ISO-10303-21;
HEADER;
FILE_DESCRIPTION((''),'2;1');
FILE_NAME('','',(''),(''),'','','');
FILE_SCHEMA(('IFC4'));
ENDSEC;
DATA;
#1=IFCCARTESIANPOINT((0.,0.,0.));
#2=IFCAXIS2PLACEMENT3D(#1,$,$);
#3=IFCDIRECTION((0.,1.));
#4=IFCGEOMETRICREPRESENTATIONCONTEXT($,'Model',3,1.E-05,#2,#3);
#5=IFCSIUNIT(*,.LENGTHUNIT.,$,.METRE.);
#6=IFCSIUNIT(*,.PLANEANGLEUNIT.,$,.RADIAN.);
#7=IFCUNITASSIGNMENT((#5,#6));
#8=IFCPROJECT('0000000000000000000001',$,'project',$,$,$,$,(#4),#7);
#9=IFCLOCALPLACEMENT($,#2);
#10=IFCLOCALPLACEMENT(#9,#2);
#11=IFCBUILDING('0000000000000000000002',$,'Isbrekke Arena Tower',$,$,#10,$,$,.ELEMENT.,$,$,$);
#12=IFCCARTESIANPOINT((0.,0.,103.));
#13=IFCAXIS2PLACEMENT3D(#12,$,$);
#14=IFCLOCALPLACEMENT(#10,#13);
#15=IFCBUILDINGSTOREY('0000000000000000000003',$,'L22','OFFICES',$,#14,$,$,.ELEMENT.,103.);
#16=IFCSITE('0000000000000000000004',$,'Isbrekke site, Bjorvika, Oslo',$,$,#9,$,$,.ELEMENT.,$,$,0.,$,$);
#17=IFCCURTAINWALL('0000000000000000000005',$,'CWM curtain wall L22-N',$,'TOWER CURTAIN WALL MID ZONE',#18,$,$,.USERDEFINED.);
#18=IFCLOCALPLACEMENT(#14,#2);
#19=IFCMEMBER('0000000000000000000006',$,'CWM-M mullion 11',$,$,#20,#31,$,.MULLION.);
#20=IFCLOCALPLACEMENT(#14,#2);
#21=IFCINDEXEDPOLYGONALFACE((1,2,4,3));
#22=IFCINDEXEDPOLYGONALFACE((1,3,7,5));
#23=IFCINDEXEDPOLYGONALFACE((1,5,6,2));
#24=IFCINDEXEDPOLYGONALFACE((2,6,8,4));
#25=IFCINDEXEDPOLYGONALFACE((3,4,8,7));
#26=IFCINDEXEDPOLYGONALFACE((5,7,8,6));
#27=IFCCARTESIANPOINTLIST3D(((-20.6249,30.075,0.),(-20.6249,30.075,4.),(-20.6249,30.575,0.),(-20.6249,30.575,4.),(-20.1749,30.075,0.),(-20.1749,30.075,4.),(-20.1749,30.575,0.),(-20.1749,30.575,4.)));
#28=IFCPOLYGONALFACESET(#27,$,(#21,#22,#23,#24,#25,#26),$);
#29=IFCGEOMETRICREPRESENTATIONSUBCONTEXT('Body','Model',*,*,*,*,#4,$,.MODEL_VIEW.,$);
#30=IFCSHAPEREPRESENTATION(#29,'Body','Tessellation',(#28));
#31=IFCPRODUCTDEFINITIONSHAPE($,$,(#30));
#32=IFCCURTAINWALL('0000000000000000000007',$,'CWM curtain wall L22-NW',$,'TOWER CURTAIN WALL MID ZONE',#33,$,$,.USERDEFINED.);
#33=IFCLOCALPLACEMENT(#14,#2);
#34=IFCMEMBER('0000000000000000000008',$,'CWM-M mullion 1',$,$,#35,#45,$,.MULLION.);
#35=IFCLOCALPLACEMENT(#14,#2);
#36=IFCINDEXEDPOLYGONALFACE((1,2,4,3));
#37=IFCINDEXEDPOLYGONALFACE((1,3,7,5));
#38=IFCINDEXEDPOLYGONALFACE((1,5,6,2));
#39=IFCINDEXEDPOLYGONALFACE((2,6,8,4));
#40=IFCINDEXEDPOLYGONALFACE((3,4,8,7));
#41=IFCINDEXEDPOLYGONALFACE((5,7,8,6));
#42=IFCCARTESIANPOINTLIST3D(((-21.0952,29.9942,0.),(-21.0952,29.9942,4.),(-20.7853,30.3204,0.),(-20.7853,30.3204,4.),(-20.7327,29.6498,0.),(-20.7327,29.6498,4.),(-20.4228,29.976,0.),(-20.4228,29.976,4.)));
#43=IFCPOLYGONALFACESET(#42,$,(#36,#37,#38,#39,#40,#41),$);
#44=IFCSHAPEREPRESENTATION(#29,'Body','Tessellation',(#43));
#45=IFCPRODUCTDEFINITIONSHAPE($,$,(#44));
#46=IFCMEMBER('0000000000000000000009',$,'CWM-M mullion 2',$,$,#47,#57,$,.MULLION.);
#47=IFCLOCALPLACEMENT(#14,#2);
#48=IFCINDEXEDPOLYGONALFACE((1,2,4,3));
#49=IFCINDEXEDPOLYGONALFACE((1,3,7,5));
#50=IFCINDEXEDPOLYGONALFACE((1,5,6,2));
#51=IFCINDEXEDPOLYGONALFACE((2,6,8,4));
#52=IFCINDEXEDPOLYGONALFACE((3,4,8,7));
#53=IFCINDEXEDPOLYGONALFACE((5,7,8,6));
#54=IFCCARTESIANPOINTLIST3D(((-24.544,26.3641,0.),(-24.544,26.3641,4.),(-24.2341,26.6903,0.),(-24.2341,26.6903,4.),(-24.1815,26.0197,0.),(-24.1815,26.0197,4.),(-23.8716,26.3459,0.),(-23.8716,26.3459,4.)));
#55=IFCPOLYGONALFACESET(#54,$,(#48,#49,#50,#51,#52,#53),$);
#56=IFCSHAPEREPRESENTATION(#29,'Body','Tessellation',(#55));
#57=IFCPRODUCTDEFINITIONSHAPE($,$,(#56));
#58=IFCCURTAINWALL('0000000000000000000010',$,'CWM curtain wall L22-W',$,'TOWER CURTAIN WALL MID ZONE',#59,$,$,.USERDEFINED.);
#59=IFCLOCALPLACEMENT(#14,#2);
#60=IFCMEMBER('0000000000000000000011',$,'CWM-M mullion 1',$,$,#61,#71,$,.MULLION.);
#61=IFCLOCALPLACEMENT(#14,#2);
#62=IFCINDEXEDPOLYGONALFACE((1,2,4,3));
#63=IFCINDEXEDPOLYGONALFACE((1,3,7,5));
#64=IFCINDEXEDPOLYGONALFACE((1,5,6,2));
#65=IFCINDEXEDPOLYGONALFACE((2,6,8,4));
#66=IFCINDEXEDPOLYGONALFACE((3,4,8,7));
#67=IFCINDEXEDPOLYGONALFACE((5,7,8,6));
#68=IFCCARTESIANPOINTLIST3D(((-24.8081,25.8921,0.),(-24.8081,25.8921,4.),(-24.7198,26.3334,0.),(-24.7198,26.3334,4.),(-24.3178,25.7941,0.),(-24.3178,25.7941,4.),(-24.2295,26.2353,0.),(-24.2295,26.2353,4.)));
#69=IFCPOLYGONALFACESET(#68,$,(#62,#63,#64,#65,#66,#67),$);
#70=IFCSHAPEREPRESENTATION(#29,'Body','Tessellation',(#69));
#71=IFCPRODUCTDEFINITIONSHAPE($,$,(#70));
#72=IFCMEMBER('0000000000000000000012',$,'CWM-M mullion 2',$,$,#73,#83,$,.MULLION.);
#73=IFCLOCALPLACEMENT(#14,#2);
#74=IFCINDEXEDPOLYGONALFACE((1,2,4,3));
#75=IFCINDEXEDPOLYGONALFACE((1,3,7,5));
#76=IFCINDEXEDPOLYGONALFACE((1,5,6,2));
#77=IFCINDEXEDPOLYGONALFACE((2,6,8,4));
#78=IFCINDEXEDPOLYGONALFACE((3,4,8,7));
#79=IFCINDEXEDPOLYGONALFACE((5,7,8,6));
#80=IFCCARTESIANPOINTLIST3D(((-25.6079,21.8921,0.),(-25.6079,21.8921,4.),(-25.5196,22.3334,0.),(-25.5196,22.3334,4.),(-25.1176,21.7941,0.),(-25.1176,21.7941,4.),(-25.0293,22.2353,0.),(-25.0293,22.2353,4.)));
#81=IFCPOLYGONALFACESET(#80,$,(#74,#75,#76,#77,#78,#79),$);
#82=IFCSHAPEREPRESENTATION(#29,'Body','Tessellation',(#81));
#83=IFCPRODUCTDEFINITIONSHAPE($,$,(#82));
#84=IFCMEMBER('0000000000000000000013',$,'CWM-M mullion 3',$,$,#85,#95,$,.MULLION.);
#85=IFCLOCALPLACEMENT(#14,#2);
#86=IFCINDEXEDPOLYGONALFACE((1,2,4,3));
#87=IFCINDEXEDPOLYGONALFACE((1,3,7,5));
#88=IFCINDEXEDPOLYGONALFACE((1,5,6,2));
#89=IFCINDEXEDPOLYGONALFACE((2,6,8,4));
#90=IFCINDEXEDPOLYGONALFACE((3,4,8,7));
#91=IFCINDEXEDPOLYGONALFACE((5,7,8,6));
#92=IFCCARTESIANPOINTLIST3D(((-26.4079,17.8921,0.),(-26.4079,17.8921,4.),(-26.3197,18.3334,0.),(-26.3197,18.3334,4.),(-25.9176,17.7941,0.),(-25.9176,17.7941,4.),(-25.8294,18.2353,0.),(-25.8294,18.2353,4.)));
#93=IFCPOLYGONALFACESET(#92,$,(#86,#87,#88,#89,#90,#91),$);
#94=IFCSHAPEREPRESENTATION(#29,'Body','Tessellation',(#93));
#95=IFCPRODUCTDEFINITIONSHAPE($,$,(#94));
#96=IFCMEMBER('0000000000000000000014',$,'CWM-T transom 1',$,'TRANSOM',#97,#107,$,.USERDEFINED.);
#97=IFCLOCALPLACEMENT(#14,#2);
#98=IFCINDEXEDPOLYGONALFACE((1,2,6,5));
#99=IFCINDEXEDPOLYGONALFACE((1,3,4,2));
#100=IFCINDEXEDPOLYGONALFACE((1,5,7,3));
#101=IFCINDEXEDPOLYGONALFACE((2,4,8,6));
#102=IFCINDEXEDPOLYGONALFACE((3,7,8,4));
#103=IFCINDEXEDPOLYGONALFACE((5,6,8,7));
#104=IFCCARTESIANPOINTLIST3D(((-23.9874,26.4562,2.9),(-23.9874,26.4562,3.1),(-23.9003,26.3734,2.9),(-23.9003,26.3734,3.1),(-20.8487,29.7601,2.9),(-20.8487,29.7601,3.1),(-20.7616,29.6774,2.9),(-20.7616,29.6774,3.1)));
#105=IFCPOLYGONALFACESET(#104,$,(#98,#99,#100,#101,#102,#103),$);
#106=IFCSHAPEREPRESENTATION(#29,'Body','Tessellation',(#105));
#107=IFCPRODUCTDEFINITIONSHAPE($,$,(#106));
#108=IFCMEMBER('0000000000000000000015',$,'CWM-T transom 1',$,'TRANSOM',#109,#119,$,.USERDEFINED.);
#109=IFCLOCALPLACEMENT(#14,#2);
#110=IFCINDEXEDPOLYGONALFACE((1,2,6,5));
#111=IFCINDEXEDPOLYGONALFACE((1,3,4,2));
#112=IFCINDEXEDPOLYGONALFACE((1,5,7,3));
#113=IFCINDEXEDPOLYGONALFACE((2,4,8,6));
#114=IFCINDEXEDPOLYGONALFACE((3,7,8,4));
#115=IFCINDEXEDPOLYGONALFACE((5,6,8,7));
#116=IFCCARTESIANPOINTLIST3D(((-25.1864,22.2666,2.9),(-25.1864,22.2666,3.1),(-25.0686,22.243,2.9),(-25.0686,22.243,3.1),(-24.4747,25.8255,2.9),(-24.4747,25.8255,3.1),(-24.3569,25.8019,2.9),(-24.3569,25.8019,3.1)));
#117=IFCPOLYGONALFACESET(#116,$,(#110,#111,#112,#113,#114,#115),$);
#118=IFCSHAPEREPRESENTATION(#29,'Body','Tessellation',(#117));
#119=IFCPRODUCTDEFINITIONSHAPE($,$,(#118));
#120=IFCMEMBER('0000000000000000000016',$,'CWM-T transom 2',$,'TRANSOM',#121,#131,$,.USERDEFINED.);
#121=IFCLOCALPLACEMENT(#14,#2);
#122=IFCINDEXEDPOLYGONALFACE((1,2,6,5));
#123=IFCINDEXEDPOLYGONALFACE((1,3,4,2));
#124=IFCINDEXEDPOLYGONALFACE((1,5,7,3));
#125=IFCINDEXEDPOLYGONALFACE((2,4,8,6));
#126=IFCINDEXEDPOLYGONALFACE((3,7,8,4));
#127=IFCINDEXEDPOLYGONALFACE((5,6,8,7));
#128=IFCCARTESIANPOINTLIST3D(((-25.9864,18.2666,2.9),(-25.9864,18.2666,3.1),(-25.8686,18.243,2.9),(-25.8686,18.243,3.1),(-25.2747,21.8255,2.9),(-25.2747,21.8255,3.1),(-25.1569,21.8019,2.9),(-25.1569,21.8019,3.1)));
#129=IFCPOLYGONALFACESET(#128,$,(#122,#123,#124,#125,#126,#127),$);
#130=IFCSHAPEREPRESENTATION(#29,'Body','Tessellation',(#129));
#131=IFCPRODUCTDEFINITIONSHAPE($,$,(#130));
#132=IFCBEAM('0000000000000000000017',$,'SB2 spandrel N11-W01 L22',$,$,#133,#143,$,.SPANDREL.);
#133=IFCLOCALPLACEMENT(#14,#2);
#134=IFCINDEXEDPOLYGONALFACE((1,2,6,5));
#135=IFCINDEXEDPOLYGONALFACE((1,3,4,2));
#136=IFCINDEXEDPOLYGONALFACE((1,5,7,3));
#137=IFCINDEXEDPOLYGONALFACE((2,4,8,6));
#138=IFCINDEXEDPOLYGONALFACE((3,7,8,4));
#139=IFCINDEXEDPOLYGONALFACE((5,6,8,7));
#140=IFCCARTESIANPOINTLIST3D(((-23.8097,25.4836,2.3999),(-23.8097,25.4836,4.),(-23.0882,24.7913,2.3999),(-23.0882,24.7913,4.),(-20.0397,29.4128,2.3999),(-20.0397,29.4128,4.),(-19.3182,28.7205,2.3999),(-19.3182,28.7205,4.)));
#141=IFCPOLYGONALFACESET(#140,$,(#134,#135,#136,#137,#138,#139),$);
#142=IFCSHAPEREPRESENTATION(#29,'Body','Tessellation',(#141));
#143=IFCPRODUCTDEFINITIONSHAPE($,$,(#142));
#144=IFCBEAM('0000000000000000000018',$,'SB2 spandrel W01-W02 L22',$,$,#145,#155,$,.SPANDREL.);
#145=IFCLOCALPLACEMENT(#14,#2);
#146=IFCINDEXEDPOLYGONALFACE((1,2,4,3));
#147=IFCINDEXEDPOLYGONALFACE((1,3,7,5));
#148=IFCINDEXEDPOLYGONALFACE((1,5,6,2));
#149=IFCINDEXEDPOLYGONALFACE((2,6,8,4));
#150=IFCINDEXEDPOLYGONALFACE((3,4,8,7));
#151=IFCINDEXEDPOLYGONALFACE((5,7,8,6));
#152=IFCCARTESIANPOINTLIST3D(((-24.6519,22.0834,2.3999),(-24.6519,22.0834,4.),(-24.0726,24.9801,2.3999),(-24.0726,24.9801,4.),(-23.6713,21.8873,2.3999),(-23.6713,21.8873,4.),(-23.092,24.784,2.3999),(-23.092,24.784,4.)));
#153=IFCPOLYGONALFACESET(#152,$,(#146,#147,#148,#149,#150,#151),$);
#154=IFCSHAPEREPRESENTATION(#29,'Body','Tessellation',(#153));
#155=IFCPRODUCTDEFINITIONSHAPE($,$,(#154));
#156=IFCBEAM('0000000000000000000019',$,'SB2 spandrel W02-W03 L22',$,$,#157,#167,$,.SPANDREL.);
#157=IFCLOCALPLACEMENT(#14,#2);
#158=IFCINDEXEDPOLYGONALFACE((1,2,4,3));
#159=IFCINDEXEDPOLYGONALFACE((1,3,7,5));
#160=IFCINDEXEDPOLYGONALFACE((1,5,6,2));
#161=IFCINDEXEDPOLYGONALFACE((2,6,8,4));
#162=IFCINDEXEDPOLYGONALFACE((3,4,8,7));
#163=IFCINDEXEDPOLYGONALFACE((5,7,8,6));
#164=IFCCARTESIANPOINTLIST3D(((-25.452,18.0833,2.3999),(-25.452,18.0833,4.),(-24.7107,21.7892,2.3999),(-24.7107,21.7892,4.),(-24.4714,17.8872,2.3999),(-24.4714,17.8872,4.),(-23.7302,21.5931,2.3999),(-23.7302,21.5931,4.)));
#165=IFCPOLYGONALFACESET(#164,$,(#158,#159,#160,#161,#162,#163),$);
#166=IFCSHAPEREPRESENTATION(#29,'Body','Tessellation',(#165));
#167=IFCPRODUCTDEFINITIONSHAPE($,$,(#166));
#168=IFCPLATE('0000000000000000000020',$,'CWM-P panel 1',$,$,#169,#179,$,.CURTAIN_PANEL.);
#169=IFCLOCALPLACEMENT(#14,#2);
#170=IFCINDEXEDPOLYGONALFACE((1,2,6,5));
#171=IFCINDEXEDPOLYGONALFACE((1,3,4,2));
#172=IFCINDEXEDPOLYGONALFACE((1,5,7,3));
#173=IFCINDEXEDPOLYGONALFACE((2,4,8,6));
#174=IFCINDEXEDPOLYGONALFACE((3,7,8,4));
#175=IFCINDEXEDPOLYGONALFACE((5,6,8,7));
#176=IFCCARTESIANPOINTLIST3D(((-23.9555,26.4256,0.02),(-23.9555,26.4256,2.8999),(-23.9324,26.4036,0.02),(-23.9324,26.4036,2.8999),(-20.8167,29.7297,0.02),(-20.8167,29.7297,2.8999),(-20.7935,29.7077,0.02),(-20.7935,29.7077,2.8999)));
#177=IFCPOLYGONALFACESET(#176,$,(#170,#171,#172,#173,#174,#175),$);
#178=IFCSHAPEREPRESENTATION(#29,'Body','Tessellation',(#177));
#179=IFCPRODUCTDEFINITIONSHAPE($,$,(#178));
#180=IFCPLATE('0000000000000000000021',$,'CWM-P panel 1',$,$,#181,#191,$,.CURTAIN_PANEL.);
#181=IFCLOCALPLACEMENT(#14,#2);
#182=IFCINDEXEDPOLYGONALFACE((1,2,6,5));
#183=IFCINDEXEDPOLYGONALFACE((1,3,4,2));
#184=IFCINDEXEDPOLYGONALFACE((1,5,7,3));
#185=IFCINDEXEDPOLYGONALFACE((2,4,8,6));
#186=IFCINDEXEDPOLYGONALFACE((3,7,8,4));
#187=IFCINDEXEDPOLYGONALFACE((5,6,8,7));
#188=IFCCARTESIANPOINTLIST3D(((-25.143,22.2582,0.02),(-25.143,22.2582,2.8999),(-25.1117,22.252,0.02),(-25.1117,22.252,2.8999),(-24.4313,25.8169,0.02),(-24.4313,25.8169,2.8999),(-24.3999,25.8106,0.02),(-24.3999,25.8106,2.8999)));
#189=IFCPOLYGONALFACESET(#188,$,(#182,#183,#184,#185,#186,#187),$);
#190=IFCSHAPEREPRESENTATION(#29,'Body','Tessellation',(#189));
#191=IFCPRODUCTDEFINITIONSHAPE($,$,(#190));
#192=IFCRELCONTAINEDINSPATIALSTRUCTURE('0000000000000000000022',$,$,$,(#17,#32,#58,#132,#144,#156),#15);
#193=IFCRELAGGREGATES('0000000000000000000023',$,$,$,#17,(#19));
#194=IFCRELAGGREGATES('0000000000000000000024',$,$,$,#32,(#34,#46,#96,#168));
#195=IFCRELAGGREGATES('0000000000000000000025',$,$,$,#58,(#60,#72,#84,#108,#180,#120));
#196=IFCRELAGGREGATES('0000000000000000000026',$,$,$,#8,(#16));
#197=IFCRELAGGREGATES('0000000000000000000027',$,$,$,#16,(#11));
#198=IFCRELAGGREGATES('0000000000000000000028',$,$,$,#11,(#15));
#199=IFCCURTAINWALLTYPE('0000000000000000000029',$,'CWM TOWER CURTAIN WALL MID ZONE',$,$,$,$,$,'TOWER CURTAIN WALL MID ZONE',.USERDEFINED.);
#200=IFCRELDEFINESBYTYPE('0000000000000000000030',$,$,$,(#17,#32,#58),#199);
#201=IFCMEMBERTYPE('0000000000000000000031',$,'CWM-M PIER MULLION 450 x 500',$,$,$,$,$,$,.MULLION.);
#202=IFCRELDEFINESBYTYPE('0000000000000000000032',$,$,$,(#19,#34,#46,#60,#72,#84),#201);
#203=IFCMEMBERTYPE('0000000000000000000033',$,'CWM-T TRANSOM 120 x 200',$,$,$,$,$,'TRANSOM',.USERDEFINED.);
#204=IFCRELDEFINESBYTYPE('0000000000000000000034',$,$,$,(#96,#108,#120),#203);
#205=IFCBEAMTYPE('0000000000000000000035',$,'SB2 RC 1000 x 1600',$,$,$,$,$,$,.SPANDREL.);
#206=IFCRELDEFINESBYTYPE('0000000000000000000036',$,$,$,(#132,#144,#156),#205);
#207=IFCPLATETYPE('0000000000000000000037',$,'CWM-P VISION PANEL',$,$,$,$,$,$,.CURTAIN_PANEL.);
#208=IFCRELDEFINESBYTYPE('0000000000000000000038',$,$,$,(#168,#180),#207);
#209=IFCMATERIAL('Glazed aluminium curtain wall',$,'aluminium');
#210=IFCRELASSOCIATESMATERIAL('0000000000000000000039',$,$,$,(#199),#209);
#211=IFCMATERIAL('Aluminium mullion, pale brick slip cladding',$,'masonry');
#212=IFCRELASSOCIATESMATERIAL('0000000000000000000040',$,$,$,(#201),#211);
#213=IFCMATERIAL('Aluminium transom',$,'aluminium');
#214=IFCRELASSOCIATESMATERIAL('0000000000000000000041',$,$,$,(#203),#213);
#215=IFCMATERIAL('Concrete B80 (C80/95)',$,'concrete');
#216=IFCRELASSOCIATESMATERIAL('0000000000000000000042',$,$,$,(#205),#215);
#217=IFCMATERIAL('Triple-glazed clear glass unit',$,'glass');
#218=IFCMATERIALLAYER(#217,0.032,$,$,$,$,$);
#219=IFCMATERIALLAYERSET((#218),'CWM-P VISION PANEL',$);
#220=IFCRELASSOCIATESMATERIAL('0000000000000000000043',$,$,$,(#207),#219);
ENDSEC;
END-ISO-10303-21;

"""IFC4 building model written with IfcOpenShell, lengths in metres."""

from ifc_helpers import new_model, si_unit, direction, frame, origin, origin_2d, place, context, subcontext, project, spatial, rectangle, extrude, material, layer, layer_set, material_profile, profile_set, type_object, element, aggregate, save


model = new_model("IFC4")

# Units and contexts
model_context = context("Model", 3, precision=1e-05, world=origin(), true_north=direction((0.0, 1.0)))
body_context = subcontext(model_context, "Body", "Model", "MODEL_VIEW")
ifc_project = project(units=[si_unit("LENGTHUNIT", "METRE"), si_unit("PLANEANGLEUNIT", "RADIAN")], contexts=[model_context])

# Site, building, storey
site_placement = place(None, origin())
site = spatial("IfcSite", under=ifc_project, at=site_placement, Name="Isbrekke site, Bjorvika, Oslo", CompositionType="ELEMENT", RefElevation=0.0)
building_placement = place(site_placement, origin())
building = spatial("IfcBuilding", under=site, at=building_placement, Name="Isbrekke Arena Tower", CompositionType="ELEMENT")
storey_placement = place(building_placement, frame((0.0, 0.0, 103.0)))
storey = spatial("IfcBuildingStorey", under=building, at=storey_placement, Name="L22", Description="OFFICES", CompositionType="ELEMENT", Elevation=103.0)

# Curtain wall, member
ifc_material_1 = material(Name="Glazed aluminium curtain wall", Category="aluminium")
curtain_wall_type = type_object("IfcCurtainWallType", Name="CWM TOWER CURTAIN WALL MID ZONE", ElementType="TOWER CURTAIN WALL MID ZONE", PredefinedType="USERDEFINED", material=ifc_material_1)
curtain_wall_1_placement = place(storey_placement, origin())
curtain_wall_1 = element("IfcCurtainWall", 1, at=curtain_wall_1_placement, inside=storey, type_object=curtain_wall_type, Name="CWM curtain wall L22-N", ObjectType="TOWER CURTAIN WALL MID ZONE", PredefinedType="USERDEFINED")
ifc_material_2 = material(Name="Aluminium mullion, pale brick slip cladding", Category="masonry")
ifc_material_profile_1 = material_profile(ifc_material_2, rectangle(XDim=0.45, YDim=0.5, at=origin_2d()), Name="PIER 450X500")
ifc_profile_set_1 = profile_set([ifc_material_profile_1], Name="Aluminium mullion, pale brick slip cladding")
member_type_1 = type_object("IfcMemberType", Name="CWM-M PIER MULLION 450 x 500", PredefinedType="MULLION", material=ifc_profile_set_1)
member_1_placement = place(storey_placement, frame((-20.3999, 30.325, 0.0), z_axis=(0.0, 0.0, 1.0), x_axis=(-1.0, 0.0, 0.0)))
member_1 = element("IfcMember", 2, at=member_1_placement, type_object=member_type_1, Name="CWM-M mullion 11", PredefinedType="MULLION", context=body_context, shape_type="SweptSolid", body=[
    extrude(rectangle(XDim=0.45, YDim=0.5, at=origin_2d()), origin(), (0.0, 0.0, 1.0), 4.0),
])
aggregate(curtain_wall_1, [member_1])

# Curtain walls, members
curtain_wall_2_placement = place(storey_placement, origin())
curtain_wall_2 = element("IfcCurtainWall", 3, at=curtain_wall_2_placement, inside=storey, type_object=curtain_wall_type, Name="CWM curtain wall L22-NW", ObjectType="TOWER CURTAIN WALL MID ZONE", PredefinedType="USERDEFINED")
member_2_placement = place(storey_placement, frame((-20.759, 29.9851, 0.0), z_axis=(0.0, 0.0, 1.0), x_axis=(-0.688749, -0.724999, 0.0)))
member_2 = element("IfcMember", 4, at=member_2_placement, type_object=member_type_1, Name="CWM-M mullion 1", PredefinedType="MULLION", context=body_context, shape_type="SweptSolid", body=[
    extrude(rectangle(XDim=0.45, YDim=0.5, at=origin_2d()), origin(), (0.0, 0.0, 1.0), 4.0),
])
member_3_placement = place(storey_placement, frame((-24.2078, 26.355, 0.0), z_axis=(0.0, 0.0, 1.0), x_axis=(-0.688749, -0.724999, 0.0)))
member_3 = element("IfcMember", 5, at=member_3_placement, type_object=member_type_1, Name="CWM-M mullion 2", PredefinedType="MULLION", context=body_context, shape_type="SweptSolid", body=[
    extrude(rectangle(XDim=0.45, YDim=0.5, at=origin_2d()), origin(), (0.0, 0.0, 1.0), 4.0),
])
curtain_wall_3_placement = place(storey_placement, origin())
curtain_wall_3 = element("IfcCurtainWall", 6, at=curtain_wall_3_placement, inside=storey, type_object=curtain_wall_type, Name="CWM curtain wall L22-W", ObjectType="TOWER CURTAIN WALL MID ZONE", PredefinedType="USERDEFINED")
member_4_placement = place(storey_placement, frame((-24.5188, 26.0637, 0.0), z_axis=(0.0, 0.0, 1.0), x_axis=(-0.196116, -0.980581, 0.0)))
member_4 = element("IfcMember", 7, at=member_4_placement, type_object=member_type_1, Name="CWM-M mullion 1", PredefinedType="MULLION", context=body_context, shape_type="SweptSolid", body=[
    extrude(rectangle(XDim=0.45, YDim=0.5, at=origin_2d()), origin(), (0.0, 0.0, 1.0), 4.0),
])
member_5_placement = place(storey_placement, frame((-25.3186, 22.0637, 0.0), z_axis=(0.0, 0.0, 1.0), x_axis=(-0.196116, -0.980581, 0.0)))
member_5 = element("IfcMember", 8, at=member_5_placement, type_object=member_type_1, Name="CWM-M mullion 2", PredefinedType="MULLION", context=body_context, shape_type="SweptSolid", body=[
    extrude(rectangle(XDim=0.45, YDim=0.5, at=origin_2d()), origin(), (0.0, 0.0, 1.0), 4.0),
])
member_6_placement = place(storey_placement, frame((-26.1187, 18.0637, 0.0), z_axis=(0.0, 0.0, 1.0), x_axis=(-0.196116, -0.980581, 0.0)))
member_6 = element("IfcMember", 9, at=member_6_placement, type_object=member_type_1, Name="CWM-M mullion 3", PredefinedType="MULLION", context=body_context, shape_type="SweptSolid", body=[
    extrude(rectangle(XDim=0.45, YDim=0.5, at=origin_2d()), origin(), (0.0, 0.0, 1.0), 4.0),
])

# Members
ifc_material_3 = material(Name="Aluminium transom", Category="aluminium")
ifc_material_profile_2 = material_profile(ifc_material_3, rectangle(XDim=0.1201, YDim=0.2, at=origin_2d()), Name="TRANSOM 120X200")
ifc_profile_set_2 = profile_set([ifc_material_profile_2], Name="Aluminium transom")
member_type_2 = type_object("IfcMemberType", Name="CWM-T TRANSOM 120 x 200", ElementType="TRANSOM", PredefinedType="USERDEFINED", material=ifc_profile_set_2)
member_7_placement = place(storey_placement, frame((-20.8052, 29.7188, 3.0), z_axis=(-0.68874, -0.725009, 0.0), x_axis=(0.725009, -0.68874, 0.0)))
member_7 = element("IfcMember", 10, at=member_7_placement, type_object=member_type_2, Name="CWM-T transom 1", ObjectType="TRANSOM", PredefinedType="USERDEFINED", context=body_context, shape_type="SweptSolid", body=[
    extrude(rectangle(XDim=0.1201, YDim=0.2, at=origin_2d()), origin(), (0.0, 0.0, 1.0), 4.5571),
])
member_8_placement = place(storey_placement, frame((-24.4158, 25.8137, 3.0), z_axis=(-0.19609, -0.980586, 0.0), x_axis=(0.980586, -0.19609, 0.0)))
member_8 = element("IfcMember", 11, at=member_8_placement, type_object=member_type_2, Name="CWM-T transom 1", ObjectType="TRANSOM", PredefinedType="USERDEFINED", context=body_context, shape_type="SweptSolid", body=[
    extrude(rectangle(XDim=0.1201, YDim=0.2, at=origin_2d()), origin(), (0.0, 0.0, 1.0), 3.6294),
])
member_9_placement = place(storey_placement, frame((-25.2158, 21.8137, 3.0), z_axis=(-0.19609, -0.980586, 0.0), x_axis=(0.980586, -0.19609, 0.0)))
member_9 = element("IfcMember", 12, at=member_9_placement, type_object=member_type_2, Name="CWM-T transom 2", ObjectType="TRANSOM", PredefinedType="USERDEFINED", context=body_context, shape_type="SweptSolid", body=[
    extrude(rectangle(XDim=0.1201, YDim=0.2, at=origin_2d()), origin(), (0.0, 0.0, 1.0), 3.6294),
])

# Beams
ifc_material_4 = material(Name="Concrete B80 (C80/95)", Category="concrete")
ifc_material_profile_3 = material_profile(ifc_material_4, rectangle(XDim=1.0, YDim=1.6001, at=origin_2d()), Name="RC 1000x1600")
ifc_profile_set_3 = profile_set([ifc_material_profile_3], Name="Concrete B80 (C80/95)")
beam_type_1 = type_object("IfcBeamType", Name="SB2 RC 1000 x 1600", PredefinedType="SPANDREL", material=ifc_profile_set_3)
beam_1_placement = place(storey_placement, frame((-19.679, 29.0667, 3.2), z_axis=(-0.69234, -0.721572, 0.0), x_axis=(0.721572, -0.69234, 0.0)))
element("IfcBeam", 13, at=beam_1_placement, inside=storey, type_object=beam_type_1, Name="SB2 spandrel N11-W01 L22", PredefinedType="SPANDREL", context=body_context, shape_type="SweptSolid", body=[
    extrude(rectangle(XDim=1.0, YDim=1.6001, at=origin_2d()), origin(), (0.0, 0.0, 1.0), 5.4453),
])
beam_2_placement = place(storey_placement, frame((-23.5823, 24.8821, 3.2), z_axis=(-0.196116, -0.980581, 0.0), x_axis=(0.980581, -0.196116, 0.0)))
element("IfcBeam", 14, at=beam_2_placement, inside=storey, type_object=beam_type_1, Name="SB2 spandrel W01-W02 L22", PredefinedType="SPANDREL", context=body_context, shape_type="SweptSolid", body=[
    extrude(rectangle(XDim=1.0, YDim=1.6001, at=origin_2d()), origin(), (0.0, 0.0, 1.0), 2.9541),
])
beam_3_placement = place(storey_placement, frame((-24.2205, 21.6912, 3.2), z_axis=(-0.196129, -0.980578, 0.0), x_axis=(0.980578, -0.196129, 0.0)))
element("IfcBeam", 15, at=beam_3_placement, inside=storey, type_object=beam_type_1, Name="SB2 spandrel W02-W03 L22", PredefinedType="SPANDREL", context=body_context, shape_type="SweptSolid", body=[
    extrude(rectangle(XDim=1.0, YDim=1.6001, at=origin_2d()), origin(), (0.0, 0.0, 1.0), 3.7793),
])

# Plates
ifc_material_5 = material(Name="Triple-glazed clear glass unit", Category="glass")
ifc_layer_1 = layer(ifc_material_5, 0.032)
ifc_layer_set_1 = layer_set([ifc_layer_1], Name="CWM-P VISION PANEL")
plate_type = type_object("IfcPlateType", Name="CWM-P VISION PANEL", PredefinedType="CURTAIN_PANEL", material=ifc_layer_set_1)
plate_1_placement = place(storey_placement, frame((-22.3745, 28.0667, 0.02), z_axis=(0.0, 0.0, 1.0), x_axis=(-0.688749, -0.724999, 0.0)))
plate_1 = element("IfcPlate", 16, at=plate_1_placement, type_object=plate_type, Name="CWM-P panel 1", PredefinedType="CURTAIN_PANEL", context=body_context, shape_type="SweptSolid", body=[
    extrude(rectangle(XDim=4.5574, YDim=0.032, at=origin_2d()), origin(), (0.0, 0.0, 1.0), 2.8799),
])
aggregate(curtain_wall_2, [member_2, member_3, member_7, plate_1])
plate_2_placement = place(storey_placement, frame((-24.7715, 24.0344, 0.02), z_axis=(0.0, 0.0, 1.0), x_axis=(-0.196116, -0.980581, 0.0)))
plate_2 = element("IfcPlate", 17, at=plate_2_placement, type_object=plate_type, Name="CWM-P panel 1", PredefinedType="CURTAIN_PANEL", context=body_context, shape_type="SweptSolid", body=[
    extrude(rectangle(XDim=3.6292, YDim=0.032, at=origin_2d()), origin(), (0.0, 0.0, 1.0), 2.8799),
])
aggregate(curtain_wall_3, [member_4, member_5, member_6, member_8, plate_2, member_9])

save(model, "model.ifc")
